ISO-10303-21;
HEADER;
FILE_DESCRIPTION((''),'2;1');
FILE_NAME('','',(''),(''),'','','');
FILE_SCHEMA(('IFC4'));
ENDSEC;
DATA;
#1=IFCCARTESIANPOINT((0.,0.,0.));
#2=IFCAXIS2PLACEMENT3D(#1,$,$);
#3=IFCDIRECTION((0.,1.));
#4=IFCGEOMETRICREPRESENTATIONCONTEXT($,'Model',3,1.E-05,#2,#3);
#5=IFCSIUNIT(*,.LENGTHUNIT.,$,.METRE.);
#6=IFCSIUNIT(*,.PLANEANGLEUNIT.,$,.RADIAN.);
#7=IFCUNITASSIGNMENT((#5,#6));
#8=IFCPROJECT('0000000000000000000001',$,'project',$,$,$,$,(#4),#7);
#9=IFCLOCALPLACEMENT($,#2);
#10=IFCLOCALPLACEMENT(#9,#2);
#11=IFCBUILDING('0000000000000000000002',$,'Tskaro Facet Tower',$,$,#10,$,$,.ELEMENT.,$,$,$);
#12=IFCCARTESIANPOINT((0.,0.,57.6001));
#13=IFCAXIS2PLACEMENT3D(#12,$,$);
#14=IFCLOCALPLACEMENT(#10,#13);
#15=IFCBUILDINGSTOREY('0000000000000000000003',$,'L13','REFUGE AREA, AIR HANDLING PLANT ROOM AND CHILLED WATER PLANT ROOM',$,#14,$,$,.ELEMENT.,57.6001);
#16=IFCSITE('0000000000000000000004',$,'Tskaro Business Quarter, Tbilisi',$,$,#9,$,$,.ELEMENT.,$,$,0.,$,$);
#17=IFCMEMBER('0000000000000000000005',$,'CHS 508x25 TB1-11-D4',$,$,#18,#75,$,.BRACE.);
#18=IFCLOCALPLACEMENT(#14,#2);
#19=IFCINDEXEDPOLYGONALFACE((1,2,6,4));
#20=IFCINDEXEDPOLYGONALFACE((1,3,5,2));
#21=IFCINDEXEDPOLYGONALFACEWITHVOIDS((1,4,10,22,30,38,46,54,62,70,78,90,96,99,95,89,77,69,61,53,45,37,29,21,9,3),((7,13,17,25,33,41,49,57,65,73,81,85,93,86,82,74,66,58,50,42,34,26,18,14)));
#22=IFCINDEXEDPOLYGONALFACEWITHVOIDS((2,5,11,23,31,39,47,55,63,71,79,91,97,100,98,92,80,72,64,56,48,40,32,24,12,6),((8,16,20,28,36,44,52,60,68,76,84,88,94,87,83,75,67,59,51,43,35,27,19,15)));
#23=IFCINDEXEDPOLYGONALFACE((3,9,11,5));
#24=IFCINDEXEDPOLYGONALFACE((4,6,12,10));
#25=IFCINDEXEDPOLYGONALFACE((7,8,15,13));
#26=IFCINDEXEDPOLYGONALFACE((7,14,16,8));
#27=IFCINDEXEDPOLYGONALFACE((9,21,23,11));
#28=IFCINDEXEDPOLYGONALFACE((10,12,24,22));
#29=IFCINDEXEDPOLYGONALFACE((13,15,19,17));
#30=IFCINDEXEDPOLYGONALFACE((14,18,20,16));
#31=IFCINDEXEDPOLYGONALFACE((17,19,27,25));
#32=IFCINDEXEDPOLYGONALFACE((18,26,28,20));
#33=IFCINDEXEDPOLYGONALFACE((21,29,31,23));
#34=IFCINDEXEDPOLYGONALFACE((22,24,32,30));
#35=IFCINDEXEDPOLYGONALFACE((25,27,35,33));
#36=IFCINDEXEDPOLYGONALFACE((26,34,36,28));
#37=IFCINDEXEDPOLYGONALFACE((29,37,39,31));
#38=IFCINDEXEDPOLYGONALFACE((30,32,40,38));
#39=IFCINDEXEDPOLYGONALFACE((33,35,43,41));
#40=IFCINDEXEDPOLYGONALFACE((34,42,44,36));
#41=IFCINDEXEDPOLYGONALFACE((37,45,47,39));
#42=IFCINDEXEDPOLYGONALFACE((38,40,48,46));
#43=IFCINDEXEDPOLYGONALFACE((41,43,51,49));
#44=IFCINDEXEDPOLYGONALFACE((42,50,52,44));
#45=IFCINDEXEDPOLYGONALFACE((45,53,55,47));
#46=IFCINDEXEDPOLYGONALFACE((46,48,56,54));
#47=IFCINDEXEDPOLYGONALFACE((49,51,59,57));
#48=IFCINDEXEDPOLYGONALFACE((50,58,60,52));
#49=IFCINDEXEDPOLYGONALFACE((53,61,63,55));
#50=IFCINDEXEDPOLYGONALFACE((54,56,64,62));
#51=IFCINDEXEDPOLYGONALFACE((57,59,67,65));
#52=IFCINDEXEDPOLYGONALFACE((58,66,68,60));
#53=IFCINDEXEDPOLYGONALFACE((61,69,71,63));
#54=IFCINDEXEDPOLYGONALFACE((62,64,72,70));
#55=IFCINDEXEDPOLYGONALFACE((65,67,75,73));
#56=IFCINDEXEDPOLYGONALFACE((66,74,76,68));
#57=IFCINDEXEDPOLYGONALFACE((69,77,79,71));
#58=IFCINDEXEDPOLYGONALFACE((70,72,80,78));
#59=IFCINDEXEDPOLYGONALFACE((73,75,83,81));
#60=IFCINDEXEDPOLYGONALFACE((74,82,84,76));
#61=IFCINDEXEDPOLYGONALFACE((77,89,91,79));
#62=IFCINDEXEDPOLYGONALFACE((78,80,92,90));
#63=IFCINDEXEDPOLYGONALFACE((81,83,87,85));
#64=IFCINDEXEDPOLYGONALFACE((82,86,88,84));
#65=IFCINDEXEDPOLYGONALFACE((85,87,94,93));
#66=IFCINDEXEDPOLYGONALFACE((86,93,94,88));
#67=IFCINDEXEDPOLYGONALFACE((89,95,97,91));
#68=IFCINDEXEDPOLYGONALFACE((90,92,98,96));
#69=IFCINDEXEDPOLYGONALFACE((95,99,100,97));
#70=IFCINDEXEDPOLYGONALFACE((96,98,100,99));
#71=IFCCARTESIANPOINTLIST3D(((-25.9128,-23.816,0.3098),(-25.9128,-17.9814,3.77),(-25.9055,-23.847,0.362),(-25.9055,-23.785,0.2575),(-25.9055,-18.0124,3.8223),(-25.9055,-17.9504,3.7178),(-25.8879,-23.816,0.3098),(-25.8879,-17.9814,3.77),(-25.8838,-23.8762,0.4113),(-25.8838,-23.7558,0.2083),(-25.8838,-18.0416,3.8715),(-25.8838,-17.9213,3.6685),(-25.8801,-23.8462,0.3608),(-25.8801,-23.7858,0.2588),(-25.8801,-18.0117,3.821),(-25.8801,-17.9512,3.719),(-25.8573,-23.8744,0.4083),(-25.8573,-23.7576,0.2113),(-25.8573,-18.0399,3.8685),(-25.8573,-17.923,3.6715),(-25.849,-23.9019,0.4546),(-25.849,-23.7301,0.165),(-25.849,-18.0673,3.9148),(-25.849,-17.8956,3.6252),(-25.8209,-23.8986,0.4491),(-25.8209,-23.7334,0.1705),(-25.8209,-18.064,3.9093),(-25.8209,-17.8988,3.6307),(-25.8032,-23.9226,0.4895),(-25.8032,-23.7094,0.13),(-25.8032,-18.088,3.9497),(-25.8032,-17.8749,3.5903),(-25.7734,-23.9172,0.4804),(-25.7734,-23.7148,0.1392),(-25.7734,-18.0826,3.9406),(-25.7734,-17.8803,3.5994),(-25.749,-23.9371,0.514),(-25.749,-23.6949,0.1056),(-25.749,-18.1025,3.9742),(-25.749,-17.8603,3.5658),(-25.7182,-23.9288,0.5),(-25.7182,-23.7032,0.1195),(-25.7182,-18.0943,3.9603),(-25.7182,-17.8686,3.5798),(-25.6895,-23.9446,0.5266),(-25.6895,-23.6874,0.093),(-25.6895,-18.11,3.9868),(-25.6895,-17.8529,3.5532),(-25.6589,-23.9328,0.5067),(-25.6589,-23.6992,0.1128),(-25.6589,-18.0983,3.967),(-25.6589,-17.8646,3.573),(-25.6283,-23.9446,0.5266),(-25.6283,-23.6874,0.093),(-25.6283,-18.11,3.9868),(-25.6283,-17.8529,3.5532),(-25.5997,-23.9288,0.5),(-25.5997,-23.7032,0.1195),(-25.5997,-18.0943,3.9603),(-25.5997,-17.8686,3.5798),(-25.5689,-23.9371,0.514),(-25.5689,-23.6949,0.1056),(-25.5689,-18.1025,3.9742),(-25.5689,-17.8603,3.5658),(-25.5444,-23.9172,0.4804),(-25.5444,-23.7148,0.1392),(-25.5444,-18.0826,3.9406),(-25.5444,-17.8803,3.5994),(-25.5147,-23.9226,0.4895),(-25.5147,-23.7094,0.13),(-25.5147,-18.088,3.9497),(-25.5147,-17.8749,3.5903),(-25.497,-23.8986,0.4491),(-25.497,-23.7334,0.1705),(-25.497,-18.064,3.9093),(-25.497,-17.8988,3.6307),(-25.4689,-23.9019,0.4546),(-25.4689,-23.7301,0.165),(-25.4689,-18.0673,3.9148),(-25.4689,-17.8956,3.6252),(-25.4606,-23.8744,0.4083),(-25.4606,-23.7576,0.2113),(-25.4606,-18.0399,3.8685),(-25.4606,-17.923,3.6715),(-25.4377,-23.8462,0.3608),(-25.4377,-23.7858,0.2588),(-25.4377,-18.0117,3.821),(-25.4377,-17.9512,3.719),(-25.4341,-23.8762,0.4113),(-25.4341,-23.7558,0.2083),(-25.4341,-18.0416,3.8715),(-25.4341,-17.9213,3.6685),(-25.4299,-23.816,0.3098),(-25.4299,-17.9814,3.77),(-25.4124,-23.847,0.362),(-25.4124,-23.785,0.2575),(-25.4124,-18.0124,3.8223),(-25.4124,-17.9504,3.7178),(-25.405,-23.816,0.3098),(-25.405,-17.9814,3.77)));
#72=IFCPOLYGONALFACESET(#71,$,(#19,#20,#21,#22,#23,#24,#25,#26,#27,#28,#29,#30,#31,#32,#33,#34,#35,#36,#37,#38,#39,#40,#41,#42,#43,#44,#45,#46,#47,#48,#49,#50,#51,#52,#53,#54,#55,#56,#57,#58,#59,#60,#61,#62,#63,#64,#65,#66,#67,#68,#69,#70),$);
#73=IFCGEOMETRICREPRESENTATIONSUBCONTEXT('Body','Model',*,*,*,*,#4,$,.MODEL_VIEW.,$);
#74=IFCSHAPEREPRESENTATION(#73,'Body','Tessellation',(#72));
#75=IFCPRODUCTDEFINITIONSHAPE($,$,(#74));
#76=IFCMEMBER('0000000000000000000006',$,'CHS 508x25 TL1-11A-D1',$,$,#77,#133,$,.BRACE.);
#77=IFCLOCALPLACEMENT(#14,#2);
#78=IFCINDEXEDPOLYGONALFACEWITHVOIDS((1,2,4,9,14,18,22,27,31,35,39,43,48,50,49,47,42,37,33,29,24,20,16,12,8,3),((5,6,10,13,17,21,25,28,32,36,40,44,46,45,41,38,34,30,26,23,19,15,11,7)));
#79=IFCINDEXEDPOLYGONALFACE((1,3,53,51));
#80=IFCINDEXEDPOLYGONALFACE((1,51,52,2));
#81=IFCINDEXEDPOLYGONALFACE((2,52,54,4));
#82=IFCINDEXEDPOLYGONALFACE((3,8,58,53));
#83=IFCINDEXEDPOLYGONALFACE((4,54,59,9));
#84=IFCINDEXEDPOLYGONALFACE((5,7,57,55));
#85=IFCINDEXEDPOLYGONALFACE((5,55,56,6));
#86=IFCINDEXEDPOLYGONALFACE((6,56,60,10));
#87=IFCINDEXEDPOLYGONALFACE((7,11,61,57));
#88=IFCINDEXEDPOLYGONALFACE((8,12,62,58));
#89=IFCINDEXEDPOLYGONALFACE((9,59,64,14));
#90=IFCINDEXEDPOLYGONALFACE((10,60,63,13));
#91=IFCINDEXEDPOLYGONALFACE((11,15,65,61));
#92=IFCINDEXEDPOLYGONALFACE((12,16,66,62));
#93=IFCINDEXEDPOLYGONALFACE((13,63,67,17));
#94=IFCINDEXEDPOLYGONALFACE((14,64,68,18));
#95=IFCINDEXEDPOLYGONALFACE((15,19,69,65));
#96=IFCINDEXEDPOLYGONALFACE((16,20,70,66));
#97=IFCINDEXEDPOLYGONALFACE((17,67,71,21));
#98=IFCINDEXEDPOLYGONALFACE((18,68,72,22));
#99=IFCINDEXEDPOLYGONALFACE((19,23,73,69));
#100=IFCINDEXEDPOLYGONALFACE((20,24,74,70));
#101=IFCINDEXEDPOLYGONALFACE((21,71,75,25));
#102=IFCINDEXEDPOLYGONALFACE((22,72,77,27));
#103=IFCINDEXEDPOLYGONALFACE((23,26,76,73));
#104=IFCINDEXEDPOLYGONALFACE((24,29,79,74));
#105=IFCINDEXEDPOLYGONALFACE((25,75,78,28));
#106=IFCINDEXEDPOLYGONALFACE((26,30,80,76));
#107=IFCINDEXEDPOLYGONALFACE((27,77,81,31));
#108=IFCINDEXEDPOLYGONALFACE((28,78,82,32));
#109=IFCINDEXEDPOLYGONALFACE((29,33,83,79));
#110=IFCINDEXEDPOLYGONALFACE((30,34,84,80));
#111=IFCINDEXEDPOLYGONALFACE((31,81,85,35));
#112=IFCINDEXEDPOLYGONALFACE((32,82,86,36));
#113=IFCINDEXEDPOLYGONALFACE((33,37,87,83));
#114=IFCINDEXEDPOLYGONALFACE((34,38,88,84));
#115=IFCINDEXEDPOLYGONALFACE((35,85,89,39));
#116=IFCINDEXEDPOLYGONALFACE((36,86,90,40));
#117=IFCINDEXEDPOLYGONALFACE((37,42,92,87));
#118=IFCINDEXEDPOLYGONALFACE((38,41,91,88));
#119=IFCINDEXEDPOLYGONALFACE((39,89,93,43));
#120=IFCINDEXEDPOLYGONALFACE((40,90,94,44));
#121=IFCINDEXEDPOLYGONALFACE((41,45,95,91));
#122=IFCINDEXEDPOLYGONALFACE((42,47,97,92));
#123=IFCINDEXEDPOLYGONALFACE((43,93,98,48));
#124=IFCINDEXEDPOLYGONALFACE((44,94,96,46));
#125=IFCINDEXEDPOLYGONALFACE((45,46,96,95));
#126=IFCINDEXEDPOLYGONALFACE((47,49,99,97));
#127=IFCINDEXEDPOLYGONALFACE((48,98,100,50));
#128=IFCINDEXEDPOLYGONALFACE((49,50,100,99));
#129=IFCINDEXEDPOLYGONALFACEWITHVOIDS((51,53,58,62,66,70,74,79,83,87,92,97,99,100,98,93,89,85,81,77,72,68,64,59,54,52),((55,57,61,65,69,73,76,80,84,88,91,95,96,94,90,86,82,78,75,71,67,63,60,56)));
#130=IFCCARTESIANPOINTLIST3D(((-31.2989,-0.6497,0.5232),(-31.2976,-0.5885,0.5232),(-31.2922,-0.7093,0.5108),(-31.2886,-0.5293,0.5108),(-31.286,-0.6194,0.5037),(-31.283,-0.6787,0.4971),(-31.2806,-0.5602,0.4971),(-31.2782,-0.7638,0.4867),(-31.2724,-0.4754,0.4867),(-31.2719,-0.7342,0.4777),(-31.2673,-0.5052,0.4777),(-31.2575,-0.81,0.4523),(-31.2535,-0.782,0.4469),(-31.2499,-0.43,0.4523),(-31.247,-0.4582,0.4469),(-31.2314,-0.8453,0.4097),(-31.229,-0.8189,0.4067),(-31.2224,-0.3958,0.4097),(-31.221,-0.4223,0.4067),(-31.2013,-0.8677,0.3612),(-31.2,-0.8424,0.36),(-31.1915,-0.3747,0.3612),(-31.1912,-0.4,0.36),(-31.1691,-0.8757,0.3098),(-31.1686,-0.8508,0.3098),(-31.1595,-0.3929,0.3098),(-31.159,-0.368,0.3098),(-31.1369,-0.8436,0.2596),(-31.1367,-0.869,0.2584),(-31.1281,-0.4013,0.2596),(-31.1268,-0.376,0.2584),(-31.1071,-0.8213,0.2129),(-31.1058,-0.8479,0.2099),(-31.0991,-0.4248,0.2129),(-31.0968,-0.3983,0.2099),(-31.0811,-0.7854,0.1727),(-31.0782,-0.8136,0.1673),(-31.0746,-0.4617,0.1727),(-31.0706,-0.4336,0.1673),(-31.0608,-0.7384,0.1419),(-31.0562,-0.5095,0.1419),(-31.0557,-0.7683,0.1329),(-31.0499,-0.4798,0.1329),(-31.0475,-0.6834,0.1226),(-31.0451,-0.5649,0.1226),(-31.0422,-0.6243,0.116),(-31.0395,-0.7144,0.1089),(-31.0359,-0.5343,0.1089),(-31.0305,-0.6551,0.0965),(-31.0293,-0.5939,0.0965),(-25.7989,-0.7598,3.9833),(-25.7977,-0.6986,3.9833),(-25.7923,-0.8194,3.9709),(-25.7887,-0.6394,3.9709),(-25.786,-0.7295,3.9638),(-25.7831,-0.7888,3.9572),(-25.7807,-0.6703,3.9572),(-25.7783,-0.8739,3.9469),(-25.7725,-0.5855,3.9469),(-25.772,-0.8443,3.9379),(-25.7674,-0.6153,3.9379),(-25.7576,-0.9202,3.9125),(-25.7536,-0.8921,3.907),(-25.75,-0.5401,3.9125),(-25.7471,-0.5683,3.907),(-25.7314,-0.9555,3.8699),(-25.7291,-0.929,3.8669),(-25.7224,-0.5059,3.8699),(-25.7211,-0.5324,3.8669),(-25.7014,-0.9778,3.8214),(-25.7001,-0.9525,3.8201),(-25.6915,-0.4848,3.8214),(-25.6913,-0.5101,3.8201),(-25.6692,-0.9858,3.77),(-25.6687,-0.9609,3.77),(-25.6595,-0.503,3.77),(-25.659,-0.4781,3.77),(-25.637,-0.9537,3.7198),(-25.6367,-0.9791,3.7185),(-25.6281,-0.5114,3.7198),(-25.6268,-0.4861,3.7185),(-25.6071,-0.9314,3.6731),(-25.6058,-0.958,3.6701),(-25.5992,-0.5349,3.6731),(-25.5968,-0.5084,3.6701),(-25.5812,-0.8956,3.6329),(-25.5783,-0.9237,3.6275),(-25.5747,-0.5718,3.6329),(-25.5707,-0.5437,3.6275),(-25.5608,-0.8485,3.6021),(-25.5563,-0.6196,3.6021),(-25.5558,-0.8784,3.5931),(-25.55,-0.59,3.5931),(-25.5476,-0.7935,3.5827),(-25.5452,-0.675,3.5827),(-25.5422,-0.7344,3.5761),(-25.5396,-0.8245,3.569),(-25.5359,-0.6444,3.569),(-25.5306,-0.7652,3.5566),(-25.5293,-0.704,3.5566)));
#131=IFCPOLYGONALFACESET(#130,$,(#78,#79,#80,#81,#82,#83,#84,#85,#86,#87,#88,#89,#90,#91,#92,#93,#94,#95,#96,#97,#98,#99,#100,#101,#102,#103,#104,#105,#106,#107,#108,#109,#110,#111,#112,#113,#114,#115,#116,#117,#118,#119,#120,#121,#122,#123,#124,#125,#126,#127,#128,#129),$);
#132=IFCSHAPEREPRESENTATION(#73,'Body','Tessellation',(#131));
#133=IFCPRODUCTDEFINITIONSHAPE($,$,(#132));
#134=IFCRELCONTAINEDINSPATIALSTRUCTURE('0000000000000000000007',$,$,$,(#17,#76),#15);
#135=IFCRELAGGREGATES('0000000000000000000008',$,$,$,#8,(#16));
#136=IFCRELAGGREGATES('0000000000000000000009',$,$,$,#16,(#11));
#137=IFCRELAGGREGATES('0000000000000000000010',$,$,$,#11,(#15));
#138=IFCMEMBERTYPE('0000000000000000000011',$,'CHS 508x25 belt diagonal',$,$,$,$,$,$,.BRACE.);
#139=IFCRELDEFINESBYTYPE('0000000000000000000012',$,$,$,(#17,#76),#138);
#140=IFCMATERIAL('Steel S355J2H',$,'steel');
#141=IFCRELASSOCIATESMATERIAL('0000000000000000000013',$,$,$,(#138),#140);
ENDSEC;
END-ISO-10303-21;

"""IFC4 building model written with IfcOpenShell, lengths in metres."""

from ifc_helpers import new_model, si_unit, direction, frame, origin, origin_2d, place, context, subcontext, project, spatial, hollow_circle, extrude, material, material_profile, profile_set, type_object, element, save


model = new_model("IFC4")

# Units and contexts
model_context = context("Model", 3, precision=1e-05, world=origin(), true_north=direction((0.0, 1.0)))
body_context = subcontext(model_context, "Body", "Model", "MODEL_VIEW")
ifc_project = project(units=[si_unit("LENGTHUNIT", "METRE"), si_unit("PLANEANGLEUNIT", "RADIAN")], contexts=[model_context])

# Site, building, storey
site_placement = place(None, origin())
site = spatial("IfcSite", under=ifc_project, at=site_placement, Name="Tskaro Business Quarter, Tbilisi", CompositionType="ELEMENT", RefElevation=0.0)
building_placement = place(site_placement, origin())
building = spatial("IfcBuilding", under=site, at=building_placement, Name="Tskaro Facet Tower", CompositionType="ELEMENT")
storey_placement = place(building_placement, frame((0.0, 0.0, 57.6001)))
storey = spatial("IfcBuildingStorey", under=building, at=storey_placement, Name="L13", Description="REFUGE AREA, AIR HANDLING PLANT ROOM AND CHILLED WATER PLANT ROOM", CompositionType="ELEMENT", Elevation=57.6001)

# Shared definitions
ifc_material_1 = material(Name="Steel S355J2H", Category="steel")

# Members
ifc_material_profile_1 = material_profile(ifc_material_1, hollow_circle(Radius=0.2539, WallThickness=0.0249, at=origin_2d()), Name="CHS 508x25")
ifc_profile_set_1 = profile_set([ifc_material_profile_1], Name="Steel S355J2H")
member_type_1 = type_object("IfcMemberType", Name="CHS 508x25 belt diagonal", PredefinedType="BRACE", material=ifc_profile_set_1)
for number, where, z_axis, x_axis, name in (
    (1, (-25.6589, -17.9814, 3.77), (0.0, -0.860114, -0.510101), (1.0, 0.0, 0.0), "CHS 508x25 TB1-11-D4"),
):
    element("IfcMember", number, at=place(storey_placement, frame(where, z_axis=z_axis, x_axis=x_axis)), inside=storey, type_object=member_type_1, Name=name, PredefinedType="BRACE", context=body_context, shape_type="SweptSolid", body=[
        extrude(hollow_circle(Radius=0.2539, WallThickness=0.0249, at=origin_2d()), origin(), (0.0, 0.0, 1.0), 6.7834),
    ])
member_1_placement = place(storey_placement, frame((-31.1641, -0.6218, 0.3098), z_axis=(0.846303, -0.016943, 0.532433), x_axis=(0.020016, 0.9998, 0.0)))
element("IfcMember", 2, at=member_1_placement, inside=storey, type_object=member_type_1, Name="CHS 508x25 TL1-11A-D1", PredefinedType="BRACE", context=body_context, shape_type="SweptSolid", body=[
    extrude(hollow_circle(Radius=0.2539, WallThickness=0.0249, at=origin_2d()), origin(), (0.0, 0.0, 1.0), 6.4988),
])

save(model, "model.ifc")
